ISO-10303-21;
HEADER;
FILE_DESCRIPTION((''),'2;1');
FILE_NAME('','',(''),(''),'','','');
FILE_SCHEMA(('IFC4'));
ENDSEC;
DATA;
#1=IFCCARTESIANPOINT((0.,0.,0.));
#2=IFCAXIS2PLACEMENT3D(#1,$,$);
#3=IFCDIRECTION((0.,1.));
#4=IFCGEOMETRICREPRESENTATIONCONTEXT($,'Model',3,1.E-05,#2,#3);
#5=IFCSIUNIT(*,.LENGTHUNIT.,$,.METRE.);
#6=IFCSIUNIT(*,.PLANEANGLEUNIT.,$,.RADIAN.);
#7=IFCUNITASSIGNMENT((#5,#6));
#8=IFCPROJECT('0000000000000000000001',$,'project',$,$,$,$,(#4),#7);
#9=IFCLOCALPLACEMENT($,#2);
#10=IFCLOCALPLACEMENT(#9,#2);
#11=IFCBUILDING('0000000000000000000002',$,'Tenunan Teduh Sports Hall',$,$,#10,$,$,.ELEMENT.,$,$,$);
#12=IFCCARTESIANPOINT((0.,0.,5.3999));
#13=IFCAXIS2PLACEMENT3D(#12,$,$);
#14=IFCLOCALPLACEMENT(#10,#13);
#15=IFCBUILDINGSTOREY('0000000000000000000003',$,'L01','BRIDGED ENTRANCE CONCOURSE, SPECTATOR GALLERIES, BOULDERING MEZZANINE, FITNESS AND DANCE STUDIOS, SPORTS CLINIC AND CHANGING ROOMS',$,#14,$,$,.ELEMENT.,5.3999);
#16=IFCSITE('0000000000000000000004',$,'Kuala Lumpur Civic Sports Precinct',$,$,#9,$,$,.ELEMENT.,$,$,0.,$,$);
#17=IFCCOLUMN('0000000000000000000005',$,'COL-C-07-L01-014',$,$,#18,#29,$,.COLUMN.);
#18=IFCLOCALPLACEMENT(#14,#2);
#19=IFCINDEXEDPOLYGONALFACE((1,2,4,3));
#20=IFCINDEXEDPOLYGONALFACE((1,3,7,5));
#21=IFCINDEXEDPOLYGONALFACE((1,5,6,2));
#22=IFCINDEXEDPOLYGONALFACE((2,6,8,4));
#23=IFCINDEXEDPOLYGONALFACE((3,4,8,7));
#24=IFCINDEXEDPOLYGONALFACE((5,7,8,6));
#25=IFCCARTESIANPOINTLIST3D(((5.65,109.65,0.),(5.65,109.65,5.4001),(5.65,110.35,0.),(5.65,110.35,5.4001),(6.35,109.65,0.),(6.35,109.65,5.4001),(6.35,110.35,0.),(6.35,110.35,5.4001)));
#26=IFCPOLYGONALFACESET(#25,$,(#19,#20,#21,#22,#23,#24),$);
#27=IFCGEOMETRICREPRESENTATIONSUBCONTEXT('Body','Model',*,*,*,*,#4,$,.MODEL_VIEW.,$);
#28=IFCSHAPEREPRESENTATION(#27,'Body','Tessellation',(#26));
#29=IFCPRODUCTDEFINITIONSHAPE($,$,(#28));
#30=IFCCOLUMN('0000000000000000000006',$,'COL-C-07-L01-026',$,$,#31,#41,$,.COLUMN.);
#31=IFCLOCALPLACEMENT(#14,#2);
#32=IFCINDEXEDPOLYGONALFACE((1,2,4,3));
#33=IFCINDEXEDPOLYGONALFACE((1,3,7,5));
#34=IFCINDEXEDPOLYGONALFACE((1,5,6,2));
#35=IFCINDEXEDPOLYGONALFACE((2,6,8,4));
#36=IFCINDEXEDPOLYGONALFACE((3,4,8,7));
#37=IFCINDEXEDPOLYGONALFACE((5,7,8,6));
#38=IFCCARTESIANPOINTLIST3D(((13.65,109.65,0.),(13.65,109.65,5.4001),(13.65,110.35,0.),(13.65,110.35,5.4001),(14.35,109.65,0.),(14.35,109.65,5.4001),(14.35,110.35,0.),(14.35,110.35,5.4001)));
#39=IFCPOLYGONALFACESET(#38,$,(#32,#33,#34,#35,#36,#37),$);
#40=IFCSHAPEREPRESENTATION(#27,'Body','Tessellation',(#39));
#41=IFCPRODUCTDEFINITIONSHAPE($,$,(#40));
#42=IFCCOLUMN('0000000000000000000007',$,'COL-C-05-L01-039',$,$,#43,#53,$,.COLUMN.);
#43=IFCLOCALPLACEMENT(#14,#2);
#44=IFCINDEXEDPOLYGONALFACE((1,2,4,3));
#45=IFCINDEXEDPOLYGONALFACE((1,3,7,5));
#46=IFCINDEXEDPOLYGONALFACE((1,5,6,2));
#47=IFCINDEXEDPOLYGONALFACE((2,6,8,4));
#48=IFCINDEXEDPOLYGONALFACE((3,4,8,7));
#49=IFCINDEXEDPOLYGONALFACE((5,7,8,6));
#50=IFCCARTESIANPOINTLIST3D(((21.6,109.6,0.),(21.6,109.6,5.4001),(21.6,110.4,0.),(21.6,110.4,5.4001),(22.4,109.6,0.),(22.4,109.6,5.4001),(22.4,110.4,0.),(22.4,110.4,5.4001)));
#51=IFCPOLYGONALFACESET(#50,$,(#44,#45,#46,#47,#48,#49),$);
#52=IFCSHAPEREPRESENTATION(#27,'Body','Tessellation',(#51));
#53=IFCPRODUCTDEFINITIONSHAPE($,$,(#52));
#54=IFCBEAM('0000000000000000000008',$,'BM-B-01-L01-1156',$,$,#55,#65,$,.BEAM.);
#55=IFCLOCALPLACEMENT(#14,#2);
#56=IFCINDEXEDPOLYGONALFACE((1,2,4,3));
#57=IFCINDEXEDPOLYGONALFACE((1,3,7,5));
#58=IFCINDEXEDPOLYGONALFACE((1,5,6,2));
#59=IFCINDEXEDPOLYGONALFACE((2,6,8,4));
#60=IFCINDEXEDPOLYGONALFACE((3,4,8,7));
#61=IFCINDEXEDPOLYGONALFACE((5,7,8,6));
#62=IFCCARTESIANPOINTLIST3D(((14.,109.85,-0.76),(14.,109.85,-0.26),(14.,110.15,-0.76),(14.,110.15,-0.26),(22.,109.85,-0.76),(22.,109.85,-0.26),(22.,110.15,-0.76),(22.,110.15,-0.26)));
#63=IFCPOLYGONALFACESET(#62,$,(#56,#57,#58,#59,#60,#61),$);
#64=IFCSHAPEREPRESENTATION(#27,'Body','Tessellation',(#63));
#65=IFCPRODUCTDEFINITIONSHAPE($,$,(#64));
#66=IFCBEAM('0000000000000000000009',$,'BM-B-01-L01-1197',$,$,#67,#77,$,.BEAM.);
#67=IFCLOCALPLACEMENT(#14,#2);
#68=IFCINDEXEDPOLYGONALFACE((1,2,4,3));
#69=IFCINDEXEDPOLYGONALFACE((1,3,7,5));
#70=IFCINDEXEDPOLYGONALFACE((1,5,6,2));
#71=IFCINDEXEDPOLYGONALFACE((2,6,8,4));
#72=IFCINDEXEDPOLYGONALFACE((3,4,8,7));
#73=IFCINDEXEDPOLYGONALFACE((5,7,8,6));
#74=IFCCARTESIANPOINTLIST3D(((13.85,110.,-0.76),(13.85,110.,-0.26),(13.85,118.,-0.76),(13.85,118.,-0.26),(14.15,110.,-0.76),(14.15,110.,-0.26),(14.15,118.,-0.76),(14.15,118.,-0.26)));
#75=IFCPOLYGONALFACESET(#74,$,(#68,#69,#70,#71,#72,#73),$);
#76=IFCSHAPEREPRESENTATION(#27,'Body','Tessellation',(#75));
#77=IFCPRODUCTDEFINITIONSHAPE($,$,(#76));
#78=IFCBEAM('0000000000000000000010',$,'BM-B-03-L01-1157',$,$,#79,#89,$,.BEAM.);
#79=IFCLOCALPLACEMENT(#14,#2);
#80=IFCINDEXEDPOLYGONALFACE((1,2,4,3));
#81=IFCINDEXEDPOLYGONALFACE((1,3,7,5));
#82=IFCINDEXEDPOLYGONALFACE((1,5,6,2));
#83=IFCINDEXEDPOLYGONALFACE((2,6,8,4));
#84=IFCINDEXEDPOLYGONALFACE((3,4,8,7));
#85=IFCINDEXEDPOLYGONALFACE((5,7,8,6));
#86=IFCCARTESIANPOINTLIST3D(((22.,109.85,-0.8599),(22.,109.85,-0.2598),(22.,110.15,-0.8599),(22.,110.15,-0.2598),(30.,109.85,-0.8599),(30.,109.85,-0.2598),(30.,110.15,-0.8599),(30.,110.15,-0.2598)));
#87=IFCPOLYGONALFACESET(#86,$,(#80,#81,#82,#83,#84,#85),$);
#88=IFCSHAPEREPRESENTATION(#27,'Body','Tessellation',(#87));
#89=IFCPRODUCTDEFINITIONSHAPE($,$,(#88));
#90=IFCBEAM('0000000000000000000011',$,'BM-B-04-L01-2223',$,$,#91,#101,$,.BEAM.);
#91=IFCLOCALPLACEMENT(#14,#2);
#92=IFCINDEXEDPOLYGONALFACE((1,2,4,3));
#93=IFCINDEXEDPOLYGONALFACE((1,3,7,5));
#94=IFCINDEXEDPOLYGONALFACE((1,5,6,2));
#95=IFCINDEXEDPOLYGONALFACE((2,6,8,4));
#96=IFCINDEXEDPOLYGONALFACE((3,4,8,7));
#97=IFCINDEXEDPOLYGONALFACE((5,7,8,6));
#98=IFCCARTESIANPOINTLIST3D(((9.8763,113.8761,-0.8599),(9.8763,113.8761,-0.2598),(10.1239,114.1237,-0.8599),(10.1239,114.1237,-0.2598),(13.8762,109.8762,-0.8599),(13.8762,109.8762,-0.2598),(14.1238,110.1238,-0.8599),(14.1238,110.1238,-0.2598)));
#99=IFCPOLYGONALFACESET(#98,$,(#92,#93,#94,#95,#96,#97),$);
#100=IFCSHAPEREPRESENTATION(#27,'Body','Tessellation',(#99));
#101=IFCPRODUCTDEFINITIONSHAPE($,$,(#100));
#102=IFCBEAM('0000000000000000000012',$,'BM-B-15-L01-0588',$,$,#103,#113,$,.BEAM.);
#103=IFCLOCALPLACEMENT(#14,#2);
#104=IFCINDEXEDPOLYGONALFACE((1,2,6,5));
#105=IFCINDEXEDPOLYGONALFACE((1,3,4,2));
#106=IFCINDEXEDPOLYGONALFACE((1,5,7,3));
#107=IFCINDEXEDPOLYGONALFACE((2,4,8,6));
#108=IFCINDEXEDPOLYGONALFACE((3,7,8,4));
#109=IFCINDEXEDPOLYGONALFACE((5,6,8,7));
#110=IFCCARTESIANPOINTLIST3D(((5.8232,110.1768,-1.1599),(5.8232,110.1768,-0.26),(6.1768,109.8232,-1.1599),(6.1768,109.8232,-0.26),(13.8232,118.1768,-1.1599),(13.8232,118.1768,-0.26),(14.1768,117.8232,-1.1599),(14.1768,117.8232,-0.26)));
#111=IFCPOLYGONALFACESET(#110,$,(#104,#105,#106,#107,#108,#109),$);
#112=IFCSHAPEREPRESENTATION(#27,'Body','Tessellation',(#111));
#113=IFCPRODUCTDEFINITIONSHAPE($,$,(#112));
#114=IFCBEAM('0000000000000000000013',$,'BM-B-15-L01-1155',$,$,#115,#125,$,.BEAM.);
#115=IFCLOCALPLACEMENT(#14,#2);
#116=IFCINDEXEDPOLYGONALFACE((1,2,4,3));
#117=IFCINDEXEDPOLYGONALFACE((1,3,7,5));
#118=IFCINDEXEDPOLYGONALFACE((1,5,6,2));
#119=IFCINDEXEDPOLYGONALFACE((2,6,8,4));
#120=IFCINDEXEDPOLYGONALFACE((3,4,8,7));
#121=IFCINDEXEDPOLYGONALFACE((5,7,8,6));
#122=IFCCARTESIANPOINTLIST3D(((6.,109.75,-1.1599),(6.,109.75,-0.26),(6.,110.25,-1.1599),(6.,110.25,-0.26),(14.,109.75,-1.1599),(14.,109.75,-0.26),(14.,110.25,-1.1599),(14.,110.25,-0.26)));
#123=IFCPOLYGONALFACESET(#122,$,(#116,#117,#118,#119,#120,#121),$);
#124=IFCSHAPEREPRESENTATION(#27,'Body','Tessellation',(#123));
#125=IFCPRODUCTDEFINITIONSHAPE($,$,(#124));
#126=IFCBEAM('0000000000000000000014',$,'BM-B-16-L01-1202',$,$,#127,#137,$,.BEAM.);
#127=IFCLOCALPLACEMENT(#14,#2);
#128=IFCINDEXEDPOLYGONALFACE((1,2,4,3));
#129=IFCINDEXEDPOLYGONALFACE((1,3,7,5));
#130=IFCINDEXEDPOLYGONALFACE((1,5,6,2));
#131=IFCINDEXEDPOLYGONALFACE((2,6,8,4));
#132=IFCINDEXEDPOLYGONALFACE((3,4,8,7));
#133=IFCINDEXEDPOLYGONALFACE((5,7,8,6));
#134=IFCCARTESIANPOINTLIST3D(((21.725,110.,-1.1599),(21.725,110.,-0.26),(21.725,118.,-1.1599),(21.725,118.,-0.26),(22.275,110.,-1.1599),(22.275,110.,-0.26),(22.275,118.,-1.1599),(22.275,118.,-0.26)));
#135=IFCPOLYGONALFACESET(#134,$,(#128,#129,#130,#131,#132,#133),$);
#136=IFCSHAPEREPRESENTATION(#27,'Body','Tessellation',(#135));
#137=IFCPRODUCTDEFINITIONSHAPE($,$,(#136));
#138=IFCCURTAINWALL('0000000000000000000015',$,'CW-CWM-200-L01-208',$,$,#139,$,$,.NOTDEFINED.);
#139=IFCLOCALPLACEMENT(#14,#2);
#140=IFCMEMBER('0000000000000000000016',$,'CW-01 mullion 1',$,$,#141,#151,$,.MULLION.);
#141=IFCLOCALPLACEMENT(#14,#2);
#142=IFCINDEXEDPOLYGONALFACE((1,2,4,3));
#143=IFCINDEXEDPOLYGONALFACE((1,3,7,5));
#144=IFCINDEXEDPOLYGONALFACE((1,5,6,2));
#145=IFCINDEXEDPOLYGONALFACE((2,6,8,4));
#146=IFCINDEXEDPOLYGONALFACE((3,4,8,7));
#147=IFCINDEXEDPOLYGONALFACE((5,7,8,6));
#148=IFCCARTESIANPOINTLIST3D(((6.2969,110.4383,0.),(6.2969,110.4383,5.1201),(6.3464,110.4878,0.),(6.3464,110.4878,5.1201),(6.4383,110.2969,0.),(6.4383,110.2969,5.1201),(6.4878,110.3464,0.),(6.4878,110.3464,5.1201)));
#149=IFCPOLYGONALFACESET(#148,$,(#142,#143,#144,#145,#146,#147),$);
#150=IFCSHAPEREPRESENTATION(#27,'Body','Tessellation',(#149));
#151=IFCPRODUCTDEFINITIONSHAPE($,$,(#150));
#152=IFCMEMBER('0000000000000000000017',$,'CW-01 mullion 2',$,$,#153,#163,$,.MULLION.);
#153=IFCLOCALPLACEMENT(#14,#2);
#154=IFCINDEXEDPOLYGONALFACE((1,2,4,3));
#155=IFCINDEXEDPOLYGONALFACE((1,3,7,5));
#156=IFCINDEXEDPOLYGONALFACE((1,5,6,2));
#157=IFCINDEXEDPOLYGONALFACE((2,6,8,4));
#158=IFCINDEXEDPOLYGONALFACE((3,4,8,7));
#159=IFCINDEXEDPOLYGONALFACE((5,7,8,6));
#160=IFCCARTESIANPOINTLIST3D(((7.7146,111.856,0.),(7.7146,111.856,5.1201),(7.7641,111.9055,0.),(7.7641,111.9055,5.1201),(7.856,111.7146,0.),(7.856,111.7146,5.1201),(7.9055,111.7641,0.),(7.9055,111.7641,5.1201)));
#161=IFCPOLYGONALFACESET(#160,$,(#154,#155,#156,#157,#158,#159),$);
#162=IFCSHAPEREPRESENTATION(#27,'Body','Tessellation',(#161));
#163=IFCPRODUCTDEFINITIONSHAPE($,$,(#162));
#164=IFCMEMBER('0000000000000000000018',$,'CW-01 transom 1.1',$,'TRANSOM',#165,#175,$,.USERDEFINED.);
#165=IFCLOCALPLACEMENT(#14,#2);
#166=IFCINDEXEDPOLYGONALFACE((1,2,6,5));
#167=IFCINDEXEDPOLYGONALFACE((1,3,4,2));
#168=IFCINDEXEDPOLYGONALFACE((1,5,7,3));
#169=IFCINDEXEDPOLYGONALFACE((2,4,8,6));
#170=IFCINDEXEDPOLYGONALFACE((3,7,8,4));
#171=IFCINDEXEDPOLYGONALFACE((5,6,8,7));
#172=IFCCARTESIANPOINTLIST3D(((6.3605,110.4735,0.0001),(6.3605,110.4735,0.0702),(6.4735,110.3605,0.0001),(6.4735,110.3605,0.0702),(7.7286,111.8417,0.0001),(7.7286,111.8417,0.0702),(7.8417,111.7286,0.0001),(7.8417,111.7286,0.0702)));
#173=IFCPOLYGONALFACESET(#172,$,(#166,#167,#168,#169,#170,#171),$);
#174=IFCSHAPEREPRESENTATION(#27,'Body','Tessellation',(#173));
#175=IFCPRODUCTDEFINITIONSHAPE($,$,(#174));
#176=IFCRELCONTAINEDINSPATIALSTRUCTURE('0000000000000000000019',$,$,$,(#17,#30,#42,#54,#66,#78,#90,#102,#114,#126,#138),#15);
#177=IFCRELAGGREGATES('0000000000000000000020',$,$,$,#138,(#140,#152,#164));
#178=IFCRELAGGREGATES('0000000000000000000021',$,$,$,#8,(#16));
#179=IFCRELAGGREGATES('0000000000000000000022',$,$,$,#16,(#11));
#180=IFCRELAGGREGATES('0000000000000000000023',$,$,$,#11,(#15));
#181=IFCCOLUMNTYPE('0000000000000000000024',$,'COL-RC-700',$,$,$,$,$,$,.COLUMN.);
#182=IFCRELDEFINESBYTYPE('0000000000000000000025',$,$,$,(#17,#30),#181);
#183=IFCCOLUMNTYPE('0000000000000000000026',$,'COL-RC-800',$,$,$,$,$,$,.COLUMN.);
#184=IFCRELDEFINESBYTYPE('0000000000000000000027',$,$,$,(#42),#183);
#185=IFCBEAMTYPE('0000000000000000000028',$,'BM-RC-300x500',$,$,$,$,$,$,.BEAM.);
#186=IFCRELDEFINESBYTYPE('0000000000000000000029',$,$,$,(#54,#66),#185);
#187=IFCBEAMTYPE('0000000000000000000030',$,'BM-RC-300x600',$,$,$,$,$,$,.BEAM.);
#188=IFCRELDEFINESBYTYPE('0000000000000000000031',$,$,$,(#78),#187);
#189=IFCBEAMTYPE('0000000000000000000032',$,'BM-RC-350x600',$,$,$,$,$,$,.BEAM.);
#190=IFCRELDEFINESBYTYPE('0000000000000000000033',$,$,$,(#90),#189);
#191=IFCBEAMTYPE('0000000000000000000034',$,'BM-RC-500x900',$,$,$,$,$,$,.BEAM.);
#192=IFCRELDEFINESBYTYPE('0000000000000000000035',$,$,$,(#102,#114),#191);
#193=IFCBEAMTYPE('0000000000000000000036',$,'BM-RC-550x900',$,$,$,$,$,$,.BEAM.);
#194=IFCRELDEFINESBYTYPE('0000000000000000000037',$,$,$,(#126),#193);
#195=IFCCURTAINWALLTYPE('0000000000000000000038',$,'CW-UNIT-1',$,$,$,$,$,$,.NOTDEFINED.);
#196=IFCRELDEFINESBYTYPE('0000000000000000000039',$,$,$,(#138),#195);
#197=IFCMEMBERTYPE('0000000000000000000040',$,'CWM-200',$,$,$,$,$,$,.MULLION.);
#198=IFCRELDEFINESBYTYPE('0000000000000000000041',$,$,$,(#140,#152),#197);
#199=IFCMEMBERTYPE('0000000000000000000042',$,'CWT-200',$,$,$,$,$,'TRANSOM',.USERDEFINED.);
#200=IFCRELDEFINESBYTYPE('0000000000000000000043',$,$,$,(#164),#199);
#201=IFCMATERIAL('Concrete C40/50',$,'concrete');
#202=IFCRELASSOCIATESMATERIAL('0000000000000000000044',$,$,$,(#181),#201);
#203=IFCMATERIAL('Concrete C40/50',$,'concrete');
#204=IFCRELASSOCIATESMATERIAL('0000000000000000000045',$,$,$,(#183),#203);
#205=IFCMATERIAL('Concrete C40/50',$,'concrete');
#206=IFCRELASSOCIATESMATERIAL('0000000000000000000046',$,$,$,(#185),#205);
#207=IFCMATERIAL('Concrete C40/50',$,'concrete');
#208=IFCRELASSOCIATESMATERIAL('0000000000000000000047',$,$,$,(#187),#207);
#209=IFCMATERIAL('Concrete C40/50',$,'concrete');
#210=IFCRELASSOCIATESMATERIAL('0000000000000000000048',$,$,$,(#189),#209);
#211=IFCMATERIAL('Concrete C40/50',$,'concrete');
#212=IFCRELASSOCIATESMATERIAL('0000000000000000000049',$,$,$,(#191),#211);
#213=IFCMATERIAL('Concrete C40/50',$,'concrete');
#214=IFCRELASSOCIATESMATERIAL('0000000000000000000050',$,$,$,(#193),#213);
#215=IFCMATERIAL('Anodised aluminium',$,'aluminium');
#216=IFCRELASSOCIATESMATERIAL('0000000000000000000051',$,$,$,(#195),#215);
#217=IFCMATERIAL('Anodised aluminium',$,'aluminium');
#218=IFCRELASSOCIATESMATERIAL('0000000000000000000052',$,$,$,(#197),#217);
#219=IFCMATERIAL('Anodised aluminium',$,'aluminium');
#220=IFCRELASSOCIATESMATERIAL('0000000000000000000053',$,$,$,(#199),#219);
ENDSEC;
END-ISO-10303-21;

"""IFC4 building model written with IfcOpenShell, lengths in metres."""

from ifc_helpers import new_model, si_unit, direction, frame, origin, origin_2d, place, context, subcontext, project, spatial, rectangle, extrude, material, material_profile, profile_set, type_object, element, aggregate, save


model = new_model("IFC4")

# Units and contexts
model_context = context("Model", 3, precision=1e-05, world=origin(), true_north=direction((0.0, 1.0)))
body_context = subcontext(model_context, "Body", "Model", "MODEL_VIEW")
ifc_project = project(units=[si_unit("LENGTHUNIT", "METRE"), si_unit("PLANEANGLEUNIT", "RADIAN")], contexts=[model_context])

# Site, building, storey
site_placement = place(None, origin())
site = spatial("IfcSite", under=ifc_project, at=site_placement, Name="Kuala Lumpur Civic Sports Precinct", CompositionType="ELEMENT", RefElevation=0.0)
building_placement = place(site_placement, origin())
building = spatial("IfcBuilding", under=site, at=building_placement, Name="Tenunan Teduh Sports Hall", CompositionType="ELEMENT")
storey_placement = place(building_placement, frame((0.0, 0.0, 5.3999)))
storey = spatial("IfcBuildingStorey", under=building, at=storey_placement, Name="L01", Description="BRIDGED ENTRANCE CONCOURSE, SPECTATOR GALLERIES, BOULDERING MEZZANINE, FITNESS AND DANCE STUDIOS, SPORTS CLINIC AND CHANGING ROOMS", CompositionType="ELEMENT", Elevation=5.3999)

# Columns
ifc_material_1 = material(Name="Concrete C40/50", Category="concrete")
ifc_material_profile_1 = material_profile(ifc_material_1, rectangle(XDim=0.7, YDim=0.7, at=origin_2d()), Name="RC 700x700")
ifc_profile_set_1 = profile_set([ifc_material_profile_1], Name="Concrete C40/50")
column_type_1 = type_object("IfcColumnType", Name="COL-RC-700", PredefinedType="COLUMN", material=ifc_profile_set_1)
for number, where, z_axis, x_axis, name in (
    (1, (6.0, 110.0, 0.0), (0.0, 0.0, 1.0), (1.0, 0.0, 0.0), "COL-C-07-L01-014"),
    (2, (14.0, 110.0, 0.0), (0.0, 0.0, 1.0), (1.0, 0.0, 0.0), "COL-C-07-L01-026"),
):
    element("IfcColumn", number, at=place(storey_placement, frame(where, z_axis=z_axis, x_axis=x_axis)), inside=storey, type_object=column_type_1, Name=name, PredefinedType="COLUMN", context=body_context, shape_type="SweptSolid", body=[
        extrude(rectangle(XDim=0.7, YDim=0.7, at=origin_2d()), origin(), (0.0, 0.0, 1.0), 5.4001),
    ])
ifc_material_2 = material(Name="Concrete C40/50", Category="concrete")
ifc_material_profile_2 = material_profile(ifc_material_2, rectangle(XDim=0.8, YDim=0.8, at=origin_2d()), Name="RC 800x800")
ifc_profile_set_2 = profile_set([ifc_material_profile_2], Name="Concrete C40/50")
column_type_2 = type_object("IfcColumnType", Name="COL-RC-800", PredefinedType="COLUMN", material=ifc_profile_set_2)
column_placement = place(storey_placement, frame((22.0, 110.0, 0.0), z_axis=(0.0, 0.0, 1.0), x_axis=(1.0, 0.0, 0.0)))
element("IfcColumn", 3, at=column_placement, inside=storey, type_object=column_type_2, Name="COL-C-05-L01-039", PredefinedType="COLUMN", context=body_context, shape_type="SweptSolid", body=[
    extrude(rectangle(XDim=0.8, YDim=0.8, at=origin_2d()), origin(), (0.0, 0.0, 1.0), 5.4001),
])

# Beams
ifc_material_3 = material(Name="Concrete C40/50", Category="concrete")
ifc_material_profile_3 = material_profile(ifc_material_3, rectangle(XDim=0.3, YDim=0.5, at=origin_2d()), Name="RCB 300x500")
ifc_profile_set_3 = profile_set([ifc_material_profile_3], Name="Concrete C40/50")
beam_type_1 = type_object("IfcBeamType", Name="BM-RC-300x500", PredefinedType="BEAM", material=ifc_profile_set_3)
for number, where, z_axis, x_axis, name in (
    (4, (14.0, 110.0, -0.51), (1.0, 0.0, 0.0), (0.0, 1.0, 0.0), "BM-B-01-L01-1156"),
    (5, (14.0, 110.0, -0.51), (0.0, 1.0, 0.0), (-1.0, 0.0, 0.0), "BM-B-01-L01-1197"),
):
    element("IfcBeam", number, at=place(storey_placement, frame(where, z_axis=z_axis, x_axis=x_axis)), inside=storey, type_object=beam_type_1, Name=name, PredefinedType="BEAM", context=body_context, shape_type="SweptSolid", body=[
        extrude(rectangle(XDim=0.3, YDim=0.5, at=origin_2d()), origin(), (0.0, 0.0, 1.0), 8.0),
    ])
ifc_material_4 = material(Name="Concrete C40/50", Category="concrete")
ifc_material_profile_4 = material_profile(ifc_material_4, rectangle(XDim=0.3, YDim=0.6001, at=origin_2d()), Name="RCB 300x600")
ifc_profile_set_4 = profile_set([ifc_material_profile_4], Name="Concrete C40/50")
beam_type_2 = type_object("IfcBeamType", Name="BM-RC-300x600", PredefinedType="BEAM", material=ifc_profile_set_4)
beam_1_placement = place(storey_placement, frame((22.0, 110.0, -0.5598), z_axis=(1.0, 0.0, 0.0), x_axis=(0.0, 1.0, 0.0)))
element("IfcBeam", 6, at=beam_1_placement, inside=storey, type_object=beam_type_2, Name="BM-B-03-L01-1157", PredefinedType="BEAM", context=body_context, shape_type="SweptSolid", body=[
    extrude(rectangle(XDim=0.3, YDim=0.6001, at=origin_2d()), origin(), (0.0, 0.0, 1.0), 8.0),
])
ifc_material_5 = material(Name="Concrete C40/50", Category="concrete")
ifc_material_profile_5 = material_profile(ifc_material_5, rectangle(XDim=0.3501, YDim=0.6001, at=origin_2d()), Name="RCB 350x600")
ifc_profile_set_5 = profile_set([ifc_material_profile_5], Name="Concrete C40/50")
beam_type_3 = type_object("IfcBeamType", Name="BM-RC-350x600", PredefinedType="BEAM", material=ifc_profile_set_5)
beam_2_placement = place(storey_placement, frame((14.0, 110.0, -0.5598), z_axis=(-0.707107, 0.707107, 0.0), x_axis=(-0.707107, -0.707107, 0.0)))
element("IfcBeam", 7, at=beam_2_placement, inside=storey, type_object=beam_type_3, Name="BM-B-04-L01-2223", PredefinedType="BEAM", context=body_context, shape_type="SweptSolid", body=[
    extrude(rectangle(XDim=0.3501, YDim=0.6001, at=origin_2d()), origin(), (0.0, 0.0, 1.0), 5.6567),
])
ifc_material_6 = material(Name="Concrete C40/50", Category="concrete")
ifc_material_profile_6 = material_profile(ifc_material_6, rectangle(XDim=0.5, YDim=0.8999, at=origin_2d()), Name="RCB 500x900")
ifc_profile_set_6 = profile_set([ifc_material_profile_6], Name="Concrete C40/50")
beam_type_4 = type_object("IfcBeamType", Name="BM-RC-500x900", PredefinedType="BEAM", material=ifc_profile_set_6)
beam_3_placement = place(storey_placement, frame((6.0, 110.0, -0.71), z_axis=(0.707107, 0.707107, 0.0), x_axis=(-0.707107, 0.707107, 0.0)))
element("IfcBeam", 8, at=beam_3_placement, inside=storey, type_object=beam_type_4, Name="BM-B-15-L01-0588", PredefinedType="BEAM", context=body_context, shape_type="SweptSolid", body=[
    extrude(rectangle(XDim=0.5, YDim=0.8999, at=origin_2d()), origin(), (0.0, 0.0, 1.0), 11.3137),
])
beam_4_placement = place(storey_placement, frame((6.0, 110.0, -0.71), z_axis=(1.0, 0.0, 0.0), x_axis=(0.0, 1.0, 0.0)))
element("IfcBeam", 9, at=beam_4_placement, inside=storey, type_object=beam_type_4, Name="BM-B-15-L01-1155", PredefinedType="BEAM", context=body_context, shape_type="SweptSolid", body=[
    extrude(rectangle(XDim=0.5, YDim=0.8999, at=origin_2d()), origin(), (0.0, 0.0, 1.0), 8.0),
])
ifc_material_7 = material(Name="Concrete C40/50", Category="concrete")
ifc_material_profile_7 = material_profile(ifc_material_7, rectangle(XDim=0.55, YDim=0.8999, at=origin_2d()), Name="RCB 550x900")
ifc_profile_set_7 = profile_set([ifc_material_profile_7], Name="Concrete C40/50")
beam_type_5 = type_object("IfcBeamType", Name="BM-RC-550x900", PredefinedType="BEAM", material=ifc_profile_set_7)
beam_5_placement = place(storey_placement, frame((22.0, 110.0, -0.71), z_axis=(0.0, 1.0, 0.0), x_axis=(-1.0, 0.0, 0.0)))
element("IfcBeam", 10, at=beam_5_placement, inside=storey, type_object=beam_type_5, Name="BM-B-16-L01-1202", PredefinedType="BEAM", context=body_context, shape_type="SweptSolid", body=[
    extrude(rectangle(XDim=0.55, YDim=0.8999, at=origin_2d()), origin(), (0.0, 0.0, 1.0), 8.0),
])

# Curtain wall, members
ifc_material_8 = material(Name="Anodised aluminium", Category="aluminium")
curtain_wall_type = type_object("IfcCurtainWallType", Name="CW-UNIT-1", PredefinedType="NOTDEFINED", material=ifc_material_8)
curtain_wall_placement = place(storey_placement, origin())
curtain_wall = element("IfcCurtainWall", 11, at=curtain_wall_placement, inside=storey, type_object=curtain_wall_type, Name="CW-CWM-200-L01-208", PredefinedType="NOTDEFINED")
ifc_material_9 = material(Name="Anodised aluminium", Category="aluminium")
ifc_material_profile_8 = material_profile(ifc_material_9, rectangle(XDim=0.0701, YDim=0.2, at=origin_2d()), Name="CWM 70x200")
ifc_profile_set_8 = profile_set([ifc_material_profile_8], Name="Anodised aluminium")
member_type_1 = type_object("IfcMemberType", Name="CWM-200", PredefinedType="MULLION", material=ifc_profile_set_8)
member_1_placement = place(storey_placement, frame((6.3923, 110.3923, 0.0), z_axis=(0.0, 0.0, 1.0), x_axis=(0.707107, 0.707107, 0.0)))
member_1 = element("IfcMember", 12, at=member_1_placement, type_object=member_type_1, Name="CW-01 mullion 1", PredefinedType="MULLION", context=body_context, shape_type="SweptSolid", body=[
    extrude(rectangle(XDim=0.0701, YDim=0.2, at=origin_2d()), origin(), (0.0, 0.0, 1.0), 5.1201),
])
member_2_placement = place(storey_placement, frame((7.8101, 111.8101, 0.0), z_axis=(0.0, 0.0, 1.0), x_axis=(0.707107, 0.707107, 0.0)))
member_2 = element("IfcMember", 13, at=member_2_placement, type_object=member_type_1, Name="CW-01 mullion 2", PredefinedType="MULLION", context=body_context, shape_type="SweptSolid", body=[
    extrude(rectangle(XDim=0.0701, YDim=0.2, at=origin_2d()), origin(), (0.0, 0.0, 1.0), 5.1201),
])
ifc_material_10 = material(Name="Anodised aluminium", Category="aluminium")
ifc_material_profile_9 = material_profile(ifc_material_10, rectangle(XDim=0.0701, YDim=0.1599, at=origin_2d()), Name="CWT 70x160")
ifc_profile_set_9 = profile_set([ifc_material_profile_9], Name="Anodised aluminium")
member_type_2 = type_object("IfcMemberType", Name="CWT-200", ElementType="TRANSOM", PredefinedType="USERDEFINED", material=ifc_profile_set_9)
member_3_placement = place(storey_placement, frame((6.417, 110.417, 0.0352), z_axis=(0.707107, 0.707107, 0.0), x_axis=(0.0, 0.0, 1.0)))
member_3 = element("IfcMember", 14, at=member_3_placement, type_object=member_type_2, Name="CW-01 transom 1.1", ObjectType="TRANSOM", PredefinedType="USERDEFINED", context=body_context, shape_type="SweptSolid", body=[
    extrude(rectangle(XDim=0.0701, YDim=0.1599, at=origin_2d()), origin(), (0.0, 0.0, 1.0), 1.9348),
])

aggregate(curtain_wall, [member_1, member_2, member_3])

save(model, "model.ifc")
